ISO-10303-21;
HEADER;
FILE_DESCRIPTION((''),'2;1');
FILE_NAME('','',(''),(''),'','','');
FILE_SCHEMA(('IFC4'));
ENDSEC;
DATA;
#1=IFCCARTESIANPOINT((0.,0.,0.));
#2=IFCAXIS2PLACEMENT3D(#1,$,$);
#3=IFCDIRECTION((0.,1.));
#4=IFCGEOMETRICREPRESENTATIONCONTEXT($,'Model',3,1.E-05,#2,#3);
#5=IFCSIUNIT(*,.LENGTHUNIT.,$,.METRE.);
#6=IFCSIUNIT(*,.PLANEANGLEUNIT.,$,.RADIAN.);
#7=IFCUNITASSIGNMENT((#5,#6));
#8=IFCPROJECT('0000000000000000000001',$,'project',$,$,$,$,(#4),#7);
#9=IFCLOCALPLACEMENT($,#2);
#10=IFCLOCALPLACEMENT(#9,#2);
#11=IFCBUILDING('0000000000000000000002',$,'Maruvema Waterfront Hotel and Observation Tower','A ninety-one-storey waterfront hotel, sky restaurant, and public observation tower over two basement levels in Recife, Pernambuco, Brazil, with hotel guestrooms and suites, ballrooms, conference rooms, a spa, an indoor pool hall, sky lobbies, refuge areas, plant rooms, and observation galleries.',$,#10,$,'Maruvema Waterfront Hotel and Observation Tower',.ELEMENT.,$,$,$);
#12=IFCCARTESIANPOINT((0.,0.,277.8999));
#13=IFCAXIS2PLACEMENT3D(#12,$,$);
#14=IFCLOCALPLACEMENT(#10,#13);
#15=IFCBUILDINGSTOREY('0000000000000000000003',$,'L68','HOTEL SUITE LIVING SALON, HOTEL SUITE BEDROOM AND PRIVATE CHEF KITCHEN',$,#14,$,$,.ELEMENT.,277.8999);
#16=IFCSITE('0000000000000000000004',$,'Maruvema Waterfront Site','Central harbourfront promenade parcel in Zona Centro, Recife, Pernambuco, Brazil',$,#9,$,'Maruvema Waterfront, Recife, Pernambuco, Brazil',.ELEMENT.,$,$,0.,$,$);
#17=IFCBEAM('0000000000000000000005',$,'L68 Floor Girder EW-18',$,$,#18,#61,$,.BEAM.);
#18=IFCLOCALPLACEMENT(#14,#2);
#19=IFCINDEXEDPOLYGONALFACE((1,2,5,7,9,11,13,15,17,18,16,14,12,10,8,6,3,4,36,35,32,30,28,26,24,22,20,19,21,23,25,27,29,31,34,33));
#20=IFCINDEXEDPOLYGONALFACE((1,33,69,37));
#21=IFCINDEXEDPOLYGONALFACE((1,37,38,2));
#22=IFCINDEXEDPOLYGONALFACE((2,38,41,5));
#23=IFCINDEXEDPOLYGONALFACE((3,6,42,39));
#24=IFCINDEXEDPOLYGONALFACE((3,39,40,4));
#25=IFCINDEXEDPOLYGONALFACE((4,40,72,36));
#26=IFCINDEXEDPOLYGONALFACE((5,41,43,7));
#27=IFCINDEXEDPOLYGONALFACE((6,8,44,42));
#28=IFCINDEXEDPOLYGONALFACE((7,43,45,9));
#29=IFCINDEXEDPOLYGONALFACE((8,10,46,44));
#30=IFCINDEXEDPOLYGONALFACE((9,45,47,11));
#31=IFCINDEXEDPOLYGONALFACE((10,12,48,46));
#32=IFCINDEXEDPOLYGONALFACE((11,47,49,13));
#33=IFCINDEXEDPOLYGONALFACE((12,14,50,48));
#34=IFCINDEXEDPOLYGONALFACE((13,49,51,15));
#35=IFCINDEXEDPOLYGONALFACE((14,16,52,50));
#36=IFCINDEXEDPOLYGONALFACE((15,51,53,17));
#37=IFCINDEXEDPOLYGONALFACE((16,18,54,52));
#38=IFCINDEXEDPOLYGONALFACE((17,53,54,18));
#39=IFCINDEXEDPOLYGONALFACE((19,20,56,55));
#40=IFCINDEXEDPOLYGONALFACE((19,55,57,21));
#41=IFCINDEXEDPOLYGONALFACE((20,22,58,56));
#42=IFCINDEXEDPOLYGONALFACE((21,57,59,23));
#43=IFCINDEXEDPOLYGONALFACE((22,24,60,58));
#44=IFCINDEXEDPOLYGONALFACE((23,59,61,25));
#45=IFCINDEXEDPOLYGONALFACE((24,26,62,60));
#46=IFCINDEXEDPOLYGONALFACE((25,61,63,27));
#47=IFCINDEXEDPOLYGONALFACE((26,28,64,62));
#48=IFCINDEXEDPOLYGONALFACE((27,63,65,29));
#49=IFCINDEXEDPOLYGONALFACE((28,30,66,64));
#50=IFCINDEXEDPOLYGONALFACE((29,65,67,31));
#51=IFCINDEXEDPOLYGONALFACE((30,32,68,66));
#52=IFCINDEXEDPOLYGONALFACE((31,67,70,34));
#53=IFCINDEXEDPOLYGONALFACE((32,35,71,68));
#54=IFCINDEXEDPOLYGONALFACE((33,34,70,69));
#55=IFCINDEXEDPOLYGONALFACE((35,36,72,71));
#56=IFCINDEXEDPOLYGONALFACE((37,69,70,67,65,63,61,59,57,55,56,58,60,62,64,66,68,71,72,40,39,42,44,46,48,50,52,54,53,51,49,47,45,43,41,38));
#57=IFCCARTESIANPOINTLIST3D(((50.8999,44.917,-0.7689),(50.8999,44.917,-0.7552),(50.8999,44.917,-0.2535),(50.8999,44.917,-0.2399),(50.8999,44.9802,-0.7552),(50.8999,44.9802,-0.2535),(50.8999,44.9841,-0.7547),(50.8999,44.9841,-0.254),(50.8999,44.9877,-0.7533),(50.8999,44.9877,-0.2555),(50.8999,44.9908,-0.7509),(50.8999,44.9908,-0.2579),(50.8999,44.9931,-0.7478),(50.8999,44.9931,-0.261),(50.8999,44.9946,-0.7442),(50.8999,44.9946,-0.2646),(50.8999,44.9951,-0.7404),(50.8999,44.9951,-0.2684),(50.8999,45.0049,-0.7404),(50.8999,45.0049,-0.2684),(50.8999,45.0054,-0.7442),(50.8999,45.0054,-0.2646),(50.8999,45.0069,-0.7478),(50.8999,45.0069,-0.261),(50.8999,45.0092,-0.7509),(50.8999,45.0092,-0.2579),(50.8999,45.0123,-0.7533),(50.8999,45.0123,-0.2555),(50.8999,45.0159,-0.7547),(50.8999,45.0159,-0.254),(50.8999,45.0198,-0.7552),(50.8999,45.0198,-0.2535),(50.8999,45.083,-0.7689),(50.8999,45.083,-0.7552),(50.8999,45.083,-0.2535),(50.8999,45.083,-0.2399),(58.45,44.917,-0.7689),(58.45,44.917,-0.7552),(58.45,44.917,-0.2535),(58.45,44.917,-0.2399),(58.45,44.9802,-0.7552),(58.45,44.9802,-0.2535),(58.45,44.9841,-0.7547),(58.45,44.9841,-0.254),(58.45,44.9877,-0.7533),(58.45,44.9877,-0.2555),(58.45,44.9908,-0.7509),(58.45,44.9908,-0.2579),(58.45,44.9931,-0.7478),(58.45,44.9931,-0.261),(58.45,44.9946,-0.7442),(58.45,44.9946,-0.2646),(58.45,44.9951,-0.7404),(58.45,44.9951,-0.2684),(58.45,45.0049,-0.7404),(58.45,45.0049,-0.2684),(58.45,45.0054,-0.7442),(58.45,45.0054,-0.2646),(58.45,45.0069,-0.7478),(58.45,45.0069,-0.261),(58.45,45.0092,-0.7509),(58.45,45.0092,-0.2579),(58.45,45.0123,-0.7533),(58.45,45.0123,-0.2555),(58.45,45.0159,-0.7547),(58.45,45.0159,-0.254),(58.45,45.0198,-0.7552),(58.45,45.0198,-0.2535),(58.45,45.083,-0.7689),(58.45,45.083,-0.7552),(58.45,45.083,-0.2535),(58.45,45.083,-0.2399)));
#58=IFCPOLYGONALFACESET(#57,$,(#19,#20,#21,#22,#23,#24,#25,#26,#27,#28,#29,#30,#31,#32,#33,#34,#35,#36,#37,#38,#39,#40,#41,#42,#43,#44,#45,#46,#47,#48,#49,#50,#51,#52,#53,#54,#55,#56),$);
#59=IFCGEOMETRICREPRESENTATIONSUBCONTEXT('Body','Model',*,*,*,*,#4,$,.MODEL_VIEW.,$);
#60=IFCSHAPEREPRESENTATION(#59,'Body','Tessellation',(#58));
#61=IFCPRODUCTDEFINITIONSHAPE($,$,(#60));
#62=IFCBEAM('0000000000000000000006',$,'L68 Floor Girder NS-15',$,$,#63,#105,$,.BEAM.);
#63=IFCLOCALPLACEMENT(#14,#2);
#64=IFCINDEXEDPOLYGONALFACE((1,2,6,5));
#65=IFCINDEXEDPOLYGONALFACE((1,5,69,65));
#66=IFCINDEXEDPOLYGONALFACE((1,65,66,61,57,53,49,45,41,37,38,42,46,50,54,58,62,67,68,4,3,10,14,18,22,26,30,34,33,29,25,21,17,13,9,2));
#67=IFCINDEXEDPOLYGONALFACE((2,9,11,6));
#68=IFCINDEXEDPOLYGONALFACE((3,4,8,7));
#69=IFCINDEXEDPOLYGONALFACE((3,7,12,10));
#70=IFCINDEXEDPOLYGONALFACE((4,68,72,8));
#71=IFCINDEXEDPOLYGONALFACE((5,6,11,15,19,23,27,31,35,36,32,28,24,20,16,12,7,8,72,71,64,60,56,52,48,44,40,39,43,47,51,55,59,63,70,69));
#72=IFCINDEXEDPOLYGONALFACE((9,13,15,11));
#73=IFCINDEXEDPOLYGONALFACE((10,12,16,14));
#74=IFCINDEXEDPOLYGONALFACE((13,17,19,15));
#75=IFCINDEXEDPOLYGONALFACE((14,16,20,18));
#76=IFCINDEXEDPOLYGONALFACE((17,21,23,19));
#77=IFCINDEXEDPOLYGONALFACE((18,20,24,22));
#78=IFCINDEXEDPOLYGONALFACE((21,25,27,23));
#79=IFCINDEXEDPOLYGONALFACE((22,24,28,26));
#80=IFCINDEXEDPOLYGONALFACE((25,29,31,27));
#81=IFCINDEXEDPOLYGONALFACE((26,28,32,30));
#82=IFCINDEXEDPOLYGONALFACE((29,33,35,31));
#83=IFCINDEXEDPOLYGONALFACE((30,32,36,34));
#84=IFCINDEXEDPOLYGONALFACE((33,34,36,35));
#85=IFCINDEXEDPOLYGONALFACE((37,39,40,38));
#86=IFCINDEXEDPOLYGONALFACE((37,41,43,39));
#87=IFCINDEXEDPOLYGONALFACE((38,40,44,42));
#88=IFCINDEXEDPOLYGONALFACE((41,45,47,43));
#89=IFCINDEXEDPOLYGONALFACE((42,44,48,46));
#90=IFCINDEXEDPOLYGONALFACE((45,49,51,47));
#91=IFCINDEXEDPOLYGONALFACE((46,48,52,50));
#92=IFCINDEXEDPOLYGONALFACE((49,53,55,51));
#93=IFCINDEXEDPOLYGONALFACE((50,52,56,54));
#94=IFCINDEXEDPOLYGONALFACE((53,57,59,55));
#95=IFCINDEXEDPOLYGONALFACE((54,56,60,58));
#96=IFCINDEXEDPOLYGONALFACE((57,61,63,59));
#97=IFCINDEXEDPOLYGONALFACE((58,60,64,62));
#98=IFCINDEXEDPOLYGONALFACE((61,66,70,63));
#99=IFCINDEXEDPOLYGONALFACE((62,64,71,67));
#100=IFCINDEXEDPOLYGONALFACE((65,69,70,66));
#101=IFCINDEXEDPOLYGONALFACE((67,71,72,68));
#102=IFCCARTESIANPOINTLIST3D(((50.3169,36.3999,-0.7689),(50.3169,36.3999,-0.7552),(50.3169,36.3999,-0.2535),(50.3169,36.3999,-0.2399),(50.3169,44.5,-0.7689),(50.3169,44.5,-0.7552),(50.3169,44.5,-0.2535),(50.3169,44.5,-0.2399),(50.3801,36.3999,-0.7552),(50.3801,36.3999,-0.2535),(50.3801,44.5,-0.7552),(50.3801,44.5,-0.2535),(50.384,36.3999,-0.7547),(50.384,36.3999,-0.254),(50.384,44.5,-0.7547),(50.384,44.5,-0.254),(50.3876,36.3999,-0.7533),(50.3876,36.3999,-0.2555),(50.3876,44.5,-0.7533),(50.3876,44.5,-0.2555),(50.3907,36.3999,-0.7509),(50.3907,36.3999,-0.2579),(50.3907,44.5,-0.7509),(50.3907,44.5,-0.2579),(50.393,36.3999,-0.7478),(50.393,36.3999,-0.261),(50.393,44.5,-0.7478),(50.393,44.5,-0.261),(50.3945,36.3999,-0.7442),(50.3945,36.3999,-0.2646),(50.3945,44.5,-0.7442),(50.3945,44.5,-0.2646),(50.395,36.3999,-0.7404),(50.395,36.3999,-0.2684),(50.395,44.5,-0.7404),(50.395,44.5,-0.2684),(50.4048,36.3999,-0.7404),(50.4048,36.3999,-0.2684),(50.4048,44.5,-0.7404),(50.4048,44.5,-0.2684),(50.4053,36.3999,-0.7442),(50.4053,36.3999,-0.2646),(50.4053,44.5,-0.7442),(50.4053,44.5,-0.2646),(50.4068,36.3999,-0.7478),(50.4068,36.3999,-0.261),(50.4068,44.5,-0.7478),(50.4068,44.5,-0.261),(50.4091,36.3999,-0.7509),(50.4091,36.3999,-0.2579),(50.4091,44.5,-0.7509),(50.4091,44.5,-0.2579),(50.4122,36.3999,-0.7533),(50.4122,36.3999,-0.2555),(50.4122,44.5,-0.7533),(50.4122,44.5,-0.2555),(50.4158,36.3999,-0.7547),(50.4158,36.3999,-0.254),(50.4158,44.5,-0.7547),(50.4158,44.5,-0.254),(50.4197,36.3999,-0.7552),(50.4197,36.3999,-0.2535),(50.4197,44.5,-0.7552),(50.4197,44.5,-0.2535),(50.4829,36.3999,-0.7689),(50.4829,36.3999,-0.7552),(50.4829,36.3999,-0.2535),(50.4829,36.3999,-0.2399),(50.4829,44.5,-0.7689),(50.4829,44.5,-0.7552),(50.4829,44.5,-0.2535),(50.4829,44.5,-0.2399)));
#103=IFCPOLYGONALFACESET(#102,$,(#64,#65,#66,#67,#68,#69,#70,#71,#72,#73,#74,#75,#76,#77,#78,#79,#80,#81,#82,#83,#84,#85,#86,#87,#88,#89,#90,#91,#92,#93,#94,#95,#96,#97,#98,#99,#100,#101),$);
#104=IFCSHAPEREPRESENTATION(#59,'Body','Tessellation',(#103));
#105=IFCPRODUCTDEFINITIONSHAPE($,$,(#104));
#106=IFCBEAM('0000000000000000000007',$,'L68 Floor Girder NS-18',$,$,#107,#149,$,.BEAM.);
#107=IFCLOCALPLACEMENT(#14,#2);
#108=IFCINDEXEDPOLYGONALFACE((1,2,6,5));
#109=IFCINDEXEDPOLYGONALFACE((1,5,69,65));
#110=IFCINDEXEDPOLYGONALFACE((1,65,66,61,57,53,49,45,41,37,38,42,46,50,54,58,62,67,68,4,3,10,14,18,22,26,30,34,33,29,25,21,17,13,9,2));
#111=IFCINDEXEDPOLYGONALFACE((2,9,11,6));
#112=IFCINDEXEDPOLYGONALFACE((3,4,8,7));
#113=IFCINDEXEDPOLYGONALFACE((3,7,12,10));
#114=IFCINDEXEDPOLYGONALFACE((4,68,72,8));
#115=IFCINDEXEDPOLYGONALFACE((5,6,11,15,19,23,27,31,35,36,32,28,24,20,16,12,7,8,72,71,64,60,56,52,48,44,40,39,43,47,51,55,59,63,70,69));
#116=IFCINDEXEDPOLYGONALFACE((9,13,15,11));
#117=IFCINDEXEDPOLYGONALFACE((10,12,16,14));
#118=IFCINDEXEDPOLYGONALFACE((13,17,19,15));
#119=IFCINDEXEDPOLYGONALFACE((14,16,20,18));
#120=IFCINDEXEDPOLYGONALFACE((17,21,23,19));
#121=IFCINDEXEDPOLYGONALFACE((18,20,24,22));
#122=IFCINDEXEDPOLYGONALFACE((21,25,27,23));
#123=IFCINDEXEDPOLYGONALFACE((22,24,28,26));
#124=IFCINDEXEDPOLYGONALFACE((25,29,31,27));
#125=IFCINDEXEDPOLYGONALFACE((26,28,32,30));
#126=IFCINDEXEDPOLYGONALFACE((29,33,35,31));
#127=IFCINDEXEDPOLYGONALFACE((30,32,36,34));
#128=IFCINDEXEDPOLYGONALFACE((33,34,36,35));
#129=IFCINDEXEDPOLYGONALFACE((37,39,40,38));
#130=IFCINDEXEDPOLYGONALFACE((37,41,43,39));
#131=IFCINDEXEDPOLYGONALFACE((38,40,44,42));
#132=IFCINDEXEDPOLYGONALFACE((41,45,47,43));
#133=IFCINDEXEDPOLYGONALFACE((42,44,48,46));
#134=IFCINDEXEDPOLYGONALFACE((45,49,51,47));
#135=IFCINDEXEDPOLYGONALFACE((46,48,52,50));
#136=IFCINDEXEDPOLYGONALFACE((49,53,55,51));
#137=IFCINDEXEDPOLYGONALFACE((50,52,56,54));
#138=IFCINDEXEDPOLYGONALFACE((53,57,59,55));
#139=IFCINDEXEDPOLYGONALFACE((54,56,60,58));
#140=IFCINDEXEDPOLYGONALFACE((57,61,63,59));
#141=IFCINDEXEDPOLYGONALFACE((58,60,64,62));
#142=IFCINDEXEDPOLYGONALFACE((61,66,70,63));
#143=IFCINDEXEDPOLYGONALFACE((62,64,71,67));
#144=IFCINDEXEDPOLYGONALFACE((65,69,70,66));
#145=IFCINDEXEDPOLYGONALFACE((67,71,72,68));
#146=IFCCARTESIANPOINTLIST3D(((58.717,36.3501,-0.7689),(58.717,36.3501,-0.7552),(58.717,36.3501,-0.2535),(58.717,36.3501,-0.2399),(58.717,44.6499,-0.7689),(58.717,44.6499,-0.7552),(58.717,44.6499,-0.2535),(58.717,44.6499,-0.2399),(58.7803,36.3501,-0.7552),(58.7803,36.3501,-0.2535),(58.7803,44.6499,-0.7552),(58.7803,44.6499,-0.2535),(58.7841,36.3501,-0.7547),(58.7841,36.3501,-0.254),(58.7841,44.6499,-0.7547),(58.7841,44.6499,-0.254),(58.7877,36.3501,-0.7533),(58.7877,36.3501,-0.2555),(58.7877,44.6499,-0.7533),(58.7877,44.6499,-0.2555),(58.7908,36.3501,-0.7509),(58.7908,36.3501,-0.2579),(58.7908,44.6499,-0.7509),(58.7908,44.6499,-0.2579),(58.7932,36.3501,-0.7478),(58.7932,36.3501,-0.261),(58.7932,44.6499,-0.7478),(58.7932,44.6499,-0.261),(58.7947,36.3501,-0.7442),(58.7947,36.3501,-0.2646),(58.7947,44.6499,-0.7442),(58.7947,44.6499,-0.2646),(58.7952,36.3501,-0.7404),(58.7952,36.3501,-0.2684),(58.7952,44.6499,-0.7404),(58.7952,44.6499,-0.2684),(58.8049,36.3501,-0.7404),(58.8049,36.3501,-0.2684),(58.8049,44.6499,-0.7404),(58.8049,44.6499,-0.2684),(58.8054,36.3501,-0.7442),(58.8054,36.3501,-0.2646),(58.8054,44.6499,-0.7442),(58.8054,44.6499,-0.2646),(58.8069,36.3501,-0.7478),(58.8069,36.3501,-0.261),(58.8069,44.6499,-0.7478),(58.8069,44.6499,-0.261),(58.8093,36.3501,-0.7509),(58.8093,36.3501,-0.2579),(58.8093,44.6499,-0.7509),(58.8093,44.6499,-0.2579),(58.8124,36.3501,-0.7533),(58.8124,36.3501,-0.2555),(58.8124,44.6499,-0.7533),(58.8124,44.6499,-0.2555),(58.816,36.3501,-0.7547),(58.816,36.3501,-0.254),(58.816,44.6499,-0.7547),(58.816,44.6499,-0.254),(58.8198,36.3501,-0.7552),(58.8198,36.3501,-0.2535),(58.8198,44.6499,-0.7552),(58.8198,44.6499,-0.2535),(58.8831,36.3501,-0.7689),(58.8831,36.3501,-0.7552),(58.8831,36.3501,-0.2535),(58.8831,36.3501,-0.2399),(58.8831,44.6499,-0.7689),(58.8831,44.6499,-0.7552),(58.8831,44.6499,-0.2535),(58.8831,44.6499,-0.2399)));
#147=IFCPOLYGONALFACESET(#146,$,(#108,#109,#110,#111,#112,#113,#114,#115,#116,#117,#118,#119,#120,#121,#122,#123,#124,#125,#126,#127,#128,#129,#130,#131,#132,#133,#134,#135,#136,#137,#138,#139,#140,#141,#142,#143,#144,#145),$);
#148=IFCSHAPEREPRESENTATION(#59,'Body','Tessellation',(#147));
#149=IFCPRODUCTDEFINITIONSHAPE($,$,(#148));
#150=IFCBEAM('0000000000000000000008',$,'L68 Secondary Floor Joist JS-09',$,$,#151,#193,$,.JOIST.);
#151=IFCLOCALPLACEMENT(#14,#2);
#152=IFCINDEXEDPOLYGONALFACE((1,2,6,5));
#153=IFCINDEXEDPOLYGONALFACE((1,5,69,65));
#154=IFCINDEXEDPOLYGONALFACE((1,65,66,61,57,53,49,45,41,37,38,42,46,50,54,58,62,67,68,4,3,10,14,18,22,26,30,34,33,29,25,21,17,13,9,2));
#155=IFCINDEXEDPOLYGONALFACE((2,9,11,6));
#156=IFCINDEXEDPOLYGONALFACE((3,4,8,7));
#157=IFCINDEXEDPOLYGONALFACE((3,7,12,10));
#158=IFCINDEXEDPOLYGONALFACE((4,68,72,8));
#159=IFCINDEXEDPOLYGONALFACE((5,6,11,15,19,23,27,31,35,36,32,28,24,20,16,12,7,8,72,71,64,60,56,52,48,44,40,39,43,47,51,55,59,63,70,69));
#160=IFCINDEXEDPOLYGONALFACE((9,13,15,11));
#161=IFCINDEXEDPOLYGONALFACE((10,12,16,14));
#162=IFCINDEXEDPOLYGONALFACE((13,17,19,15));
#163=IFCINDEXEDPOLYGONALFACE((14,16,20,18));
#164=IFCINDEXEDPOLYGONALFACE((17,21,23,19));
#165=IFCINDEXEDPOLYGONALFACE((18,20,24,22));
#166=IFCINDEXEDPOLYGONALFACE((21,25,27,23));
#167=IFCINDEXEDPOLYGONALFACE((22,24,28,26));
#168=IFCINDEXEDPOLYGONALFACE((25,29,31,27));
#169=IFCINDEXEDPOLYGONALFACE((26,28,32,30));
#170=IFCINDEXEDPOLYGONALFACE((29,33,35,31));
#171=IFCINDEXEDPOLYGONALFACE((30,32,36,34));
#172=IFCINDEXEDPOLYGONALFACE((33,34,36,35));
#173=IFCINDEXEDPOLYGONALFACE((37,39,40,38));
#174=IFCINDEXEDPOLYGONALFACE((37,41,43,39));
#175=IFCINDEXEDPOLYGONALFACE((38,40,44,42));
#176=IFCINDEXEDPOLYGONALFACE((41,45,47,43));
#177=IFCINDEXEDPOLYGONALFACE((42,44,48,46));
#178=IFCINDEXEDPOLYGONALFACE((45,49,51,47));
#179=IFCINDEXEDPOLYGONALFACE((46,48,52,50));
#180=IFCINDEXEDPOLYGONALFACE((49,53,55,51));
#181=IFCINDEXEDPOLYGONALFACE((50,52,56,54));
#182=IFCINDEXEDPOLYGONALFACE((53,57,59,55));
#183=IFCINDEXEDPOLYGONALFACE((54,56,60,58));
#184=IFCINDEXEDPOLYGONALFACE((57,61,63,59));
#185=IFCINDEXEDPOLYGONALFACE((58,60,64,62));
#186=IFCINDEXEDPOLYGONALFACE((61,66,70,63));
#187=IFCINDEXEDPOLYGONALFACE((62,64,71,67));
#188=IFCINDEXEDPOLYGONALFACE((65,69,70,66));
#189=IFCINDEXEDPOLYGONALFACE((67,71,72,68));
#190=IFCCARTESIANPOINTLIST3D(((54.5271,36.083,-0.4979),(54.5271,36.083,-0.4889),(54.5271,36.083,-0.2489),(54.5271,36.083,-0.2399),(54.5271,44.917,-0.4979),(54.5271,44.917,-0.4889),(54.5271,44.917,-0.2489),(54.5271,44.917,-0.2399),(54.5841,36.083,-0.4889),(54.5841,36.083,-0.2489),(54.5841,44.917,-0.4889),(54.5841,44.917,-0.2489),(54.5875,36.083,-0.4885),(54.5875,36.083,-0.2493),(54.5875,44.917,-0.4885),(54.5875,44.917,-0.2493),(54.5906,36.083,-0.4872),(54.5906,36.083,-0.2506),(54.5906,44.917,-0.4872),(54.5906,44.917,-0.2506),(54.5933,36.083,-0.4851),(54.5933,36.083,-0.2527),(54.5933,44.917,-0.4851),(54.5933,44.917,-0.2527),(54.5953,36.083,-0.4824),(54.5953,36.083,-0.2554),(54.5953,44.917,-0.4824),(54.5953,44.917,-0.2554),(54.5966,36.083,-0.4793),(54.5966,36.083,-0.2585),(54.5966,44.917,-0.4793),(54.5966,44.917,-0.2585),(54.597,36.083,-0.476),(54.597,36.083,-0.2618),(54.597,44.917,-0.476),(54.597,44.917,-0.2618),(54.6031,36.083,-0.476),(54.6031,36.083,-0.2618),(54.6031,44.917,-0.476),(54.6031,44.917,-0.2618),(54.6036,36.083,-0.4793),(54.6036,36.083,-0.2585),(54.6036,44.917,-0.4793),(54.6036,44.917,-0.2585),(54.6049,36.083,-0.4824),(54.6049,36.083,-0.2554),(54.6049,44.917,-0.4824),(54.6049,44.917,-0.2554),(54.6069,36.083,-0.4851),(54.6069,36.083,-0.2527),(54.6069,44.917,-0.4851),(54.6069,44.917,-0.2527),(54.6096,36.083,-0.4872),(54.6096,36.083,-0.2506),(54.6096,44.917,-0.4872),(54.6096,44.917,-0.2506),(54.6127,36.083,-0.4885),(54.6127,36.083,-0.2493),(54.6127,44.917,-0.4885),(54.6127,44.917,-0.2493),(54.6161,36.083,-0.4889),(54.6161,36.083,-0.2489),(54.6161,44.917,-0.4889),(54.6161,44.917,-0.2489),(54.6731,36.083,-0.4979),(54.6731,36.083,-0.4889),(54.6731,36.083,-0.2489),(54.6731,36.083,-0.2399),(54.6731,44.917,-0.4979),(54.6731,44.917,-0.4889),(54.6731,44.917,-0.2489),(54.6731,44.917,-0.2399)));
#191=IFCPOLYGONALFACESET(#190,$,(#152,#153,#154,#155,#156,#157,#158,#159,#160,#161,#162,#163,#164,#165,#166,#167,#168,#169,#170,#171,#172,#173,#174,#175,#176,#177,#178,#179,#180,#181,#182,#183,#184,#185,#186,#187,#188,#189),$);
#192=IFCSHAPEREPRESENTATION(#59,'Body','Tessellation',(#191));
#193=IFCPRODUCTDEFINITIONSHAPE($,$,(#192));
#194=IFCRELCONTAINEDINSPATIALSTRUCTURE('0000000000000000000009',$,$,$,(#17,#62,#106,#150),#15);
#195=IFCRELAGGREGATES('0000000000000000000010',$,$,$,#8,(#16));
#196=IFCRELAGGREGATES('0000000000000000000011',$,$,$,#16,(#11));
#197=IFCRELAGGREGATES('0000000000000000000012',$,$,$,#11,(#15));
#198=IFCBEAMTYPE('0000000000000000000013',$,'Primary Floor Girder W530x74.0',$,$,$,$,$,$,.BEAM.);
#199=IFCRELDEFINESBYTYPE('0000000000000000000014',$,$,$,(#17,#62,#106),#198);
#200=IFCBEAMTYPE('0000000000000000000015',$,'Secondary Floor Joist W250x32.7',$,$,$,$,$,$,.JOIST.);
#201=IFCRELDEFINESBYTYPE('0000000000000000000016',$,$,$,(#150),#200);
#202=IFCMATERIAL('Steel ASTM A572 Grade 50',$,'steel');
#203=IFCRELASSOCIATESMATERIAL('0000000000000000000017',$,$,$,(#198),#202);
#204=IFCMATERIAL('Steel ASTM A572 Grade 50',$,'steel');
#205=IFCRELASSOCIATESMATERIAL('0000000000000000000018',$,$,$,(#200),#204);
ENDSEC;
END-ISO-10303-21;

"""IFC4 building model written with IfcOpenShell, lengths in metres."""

from ifc_helpers import new_model, si_unit, direction, frame, origin, origin_2d, place, context, subcontext, project, spatial, i_section, extrude, material, material_profile, profile_set, type_object, element, save


model = new_model("IFC4")

# Units and contexts
model_context = context("Model", 3, precision=1e-05, world=origin(), true_north=direction((0.0, 1.0)))
body_context = subcontext(model_context, "Body", "Model", "MODEL_VIEW")
ifc_project = project(units=[si_unit("LENGTHUNIT", "METRE"), si_unit("PLANEANGLEUNIT", "RADIAN")], contexts=[model_context])

# Site, building, storey
site_placement = place(None, origin())
site = spatial("IfcSite", under=ifc_project, at=site_placement, Name="Maruvema Waterfront Site", Description="Central harbourfront promenade parcel in Zona Centro, Recife, Pernambuco, Brazil", LongName="Maruvema Waterfront, Recife, Pernambuco, Brazil", CompositionType="ELEMENT", RefElevation=0.0)
building_placement = place(site_placement, origin())
building = spatial("IfcBuilding", under=site, at=building_placement, Name="Maruvema Waterfront Hotel and Observation Tower", Description="A ninety-one-storey waterfront hotel, sky restaurant, and public observation tower over two basement levels in Recife, Pernambuco, Brazil, with hotel guestrooms and suites, ballrooms, conference rooms, a spa, an indoor pool hall, sky lobbies, refuge areas, plant rooms, and observation galleries.", LongName="Maruvema Waterfront Hotel and Observation Tower", CompositionType="ELEMENT")
storey_placement = place(building_placement, frame((0.0, 0.0, 277.8999)))
storey = spatial("IfcBuildingStorey", under=building, at=storey_placement, Name="L68", Description="HOTEL SUITE LIVING SALON, HOTEL SUITE BEDROOM AND PRIVATE CHEF KITCHEN", CompositionType="ELEMENT", Elevation=277.8999)

# Beams
ifc_material_1 = material(Name="Steel ASTM A572 Grade 50", Category="steel")
ifc_material_profile_1 = material_profile(ifc_material_1, i_section(OverallWidth=0.166, OverallDepth=0.5291, WebThickness=0.0098, FlangeThickness=0.0137, FilletRadius=0.0149, at=origin_2d()), Name="W530x74.0")
ifc_profile_set_1 = profile_set([ifc_material_profile_1], Name="Steel ASTM A572 Grade 50")
beam_type_1 = type_object("IfcBeamType", Name="Primary Floor Girder W530x74.0", PredefinedType="BEAM", material=ifc_profile_set_1)
beam_1_placement = place(storey_placement, frame((50.8999, 45.0, -0.5044), z_axis=(1.0, 0.0, 0.0), x_axis=(0.0, 1.0, 0.0)))
element("IfcBeam", 1, at=beam_1_placement, inside=storey, type_object=beam_type_1, Name="L68 Floor Girder EW-18", PredefinedType="BEAM", context=body_context, shape_type="SweptSolid", body=[
    extrude(i_section(OverallWidth=0.166, OverallDepth=0.5291, WebThickness=0.0098, FlangeThickness=0.0137, FilletRadius=0.0149, at=origin_2d()), origin(), (0.0, 0.0, 1.0), 7.55),
])
beam_2_placement = place(storey_placement, frame((50.3999, 36.3999, -0.5044), z_axis=(0.0, 1.0, 0.0), x_axis=(-1.0, 0.0, 0.0)))
element("IfcBeam", 2, at=beam_2_placement, inside=storey, type_object=beam_type_1, Name="L68 Floor Girder NS-15", PredefinedType="BEAM", context=body_context, shape_type="SweptSolid", body=[
    extrude(i_section(OverallWidth=0.166, OverallDepth=0.5291, WebThickness=0.0098, FlangeThickness=0.0137, FilletRadius=0.0149, at=origin_2d()), origin(), (0.0, 0.0, 1.0), 8.1001),
])
beam_3_placement = place(storey_placement, frame((58.8, 36.3501, -0.5044), z_axis=(0.0, 1.0, 0.0), x_axis=(-1.0, 0.0, 0.0)))
element("IfcBeam", 3, at=beam_3_placement, inside=storey, type_object=beam_type_1, Name="L68 Floor Girder NS-18", PredefinedType="BEAM", context=body_context, shape_type="SweptSolid", body=[
    extrude(i_section(OverallWidth=0.166, OverallDepth=0.5291, WebThickness=0.0098, FlangeThickness=0.0137, FilletRadius=0.0149, at=origin_2d()), origin(), (0.0, 0.0, 1.0), 8.2998),
])
ifc_material_2 = material(Name="Steel ASTM A572 Grade 50", Category="steel")
ifc_material_profile_2 = material_profile(ifc_material_2, i_section(OverallWidth=0.146, OverallDepth=0.2581, WebThickness=0.0061, FlangeThickness=0.009, FilletRadius=0.0129, at=origin_2d()), Name="W250x32.7")
ifc_profile_set_2 = profile_set([ifc_material_profile_2], Name="Steel ASTM A572 Grade 50")
beam_type_2 = type_object("IfcBeamType", Name="Secondary Floor Joist W250x32.7", PredefinedType="JOIST", material=ifc_profile_set_2)
beam_4_placement = place(storey_placement, frame((54.6001, 36.083, -0.3689), z_axis=(0.0, 1.0, 0.0), x_axis=(-1.0, 0.0, 0.0)))
element("IfcBeam", 4, at=beam_4_placement, inside=storey, type_object=beam_type_2, Name="L68 Secondary Floor Joist JS-09", PredefinedType="JOIST", context=body_context, shape_type="SweptSolid", body=[
    extrude(i_section(OverallWidth=0.146, OverallDepth=0.2581, WebThickness=0.0061, FlangeThickness=0.009, FilletRadius=0.0129, at=origin_2d()), origin(), (0.0, 0.0, 1.0), 8.834),
])

save(model, "model.ifc")
